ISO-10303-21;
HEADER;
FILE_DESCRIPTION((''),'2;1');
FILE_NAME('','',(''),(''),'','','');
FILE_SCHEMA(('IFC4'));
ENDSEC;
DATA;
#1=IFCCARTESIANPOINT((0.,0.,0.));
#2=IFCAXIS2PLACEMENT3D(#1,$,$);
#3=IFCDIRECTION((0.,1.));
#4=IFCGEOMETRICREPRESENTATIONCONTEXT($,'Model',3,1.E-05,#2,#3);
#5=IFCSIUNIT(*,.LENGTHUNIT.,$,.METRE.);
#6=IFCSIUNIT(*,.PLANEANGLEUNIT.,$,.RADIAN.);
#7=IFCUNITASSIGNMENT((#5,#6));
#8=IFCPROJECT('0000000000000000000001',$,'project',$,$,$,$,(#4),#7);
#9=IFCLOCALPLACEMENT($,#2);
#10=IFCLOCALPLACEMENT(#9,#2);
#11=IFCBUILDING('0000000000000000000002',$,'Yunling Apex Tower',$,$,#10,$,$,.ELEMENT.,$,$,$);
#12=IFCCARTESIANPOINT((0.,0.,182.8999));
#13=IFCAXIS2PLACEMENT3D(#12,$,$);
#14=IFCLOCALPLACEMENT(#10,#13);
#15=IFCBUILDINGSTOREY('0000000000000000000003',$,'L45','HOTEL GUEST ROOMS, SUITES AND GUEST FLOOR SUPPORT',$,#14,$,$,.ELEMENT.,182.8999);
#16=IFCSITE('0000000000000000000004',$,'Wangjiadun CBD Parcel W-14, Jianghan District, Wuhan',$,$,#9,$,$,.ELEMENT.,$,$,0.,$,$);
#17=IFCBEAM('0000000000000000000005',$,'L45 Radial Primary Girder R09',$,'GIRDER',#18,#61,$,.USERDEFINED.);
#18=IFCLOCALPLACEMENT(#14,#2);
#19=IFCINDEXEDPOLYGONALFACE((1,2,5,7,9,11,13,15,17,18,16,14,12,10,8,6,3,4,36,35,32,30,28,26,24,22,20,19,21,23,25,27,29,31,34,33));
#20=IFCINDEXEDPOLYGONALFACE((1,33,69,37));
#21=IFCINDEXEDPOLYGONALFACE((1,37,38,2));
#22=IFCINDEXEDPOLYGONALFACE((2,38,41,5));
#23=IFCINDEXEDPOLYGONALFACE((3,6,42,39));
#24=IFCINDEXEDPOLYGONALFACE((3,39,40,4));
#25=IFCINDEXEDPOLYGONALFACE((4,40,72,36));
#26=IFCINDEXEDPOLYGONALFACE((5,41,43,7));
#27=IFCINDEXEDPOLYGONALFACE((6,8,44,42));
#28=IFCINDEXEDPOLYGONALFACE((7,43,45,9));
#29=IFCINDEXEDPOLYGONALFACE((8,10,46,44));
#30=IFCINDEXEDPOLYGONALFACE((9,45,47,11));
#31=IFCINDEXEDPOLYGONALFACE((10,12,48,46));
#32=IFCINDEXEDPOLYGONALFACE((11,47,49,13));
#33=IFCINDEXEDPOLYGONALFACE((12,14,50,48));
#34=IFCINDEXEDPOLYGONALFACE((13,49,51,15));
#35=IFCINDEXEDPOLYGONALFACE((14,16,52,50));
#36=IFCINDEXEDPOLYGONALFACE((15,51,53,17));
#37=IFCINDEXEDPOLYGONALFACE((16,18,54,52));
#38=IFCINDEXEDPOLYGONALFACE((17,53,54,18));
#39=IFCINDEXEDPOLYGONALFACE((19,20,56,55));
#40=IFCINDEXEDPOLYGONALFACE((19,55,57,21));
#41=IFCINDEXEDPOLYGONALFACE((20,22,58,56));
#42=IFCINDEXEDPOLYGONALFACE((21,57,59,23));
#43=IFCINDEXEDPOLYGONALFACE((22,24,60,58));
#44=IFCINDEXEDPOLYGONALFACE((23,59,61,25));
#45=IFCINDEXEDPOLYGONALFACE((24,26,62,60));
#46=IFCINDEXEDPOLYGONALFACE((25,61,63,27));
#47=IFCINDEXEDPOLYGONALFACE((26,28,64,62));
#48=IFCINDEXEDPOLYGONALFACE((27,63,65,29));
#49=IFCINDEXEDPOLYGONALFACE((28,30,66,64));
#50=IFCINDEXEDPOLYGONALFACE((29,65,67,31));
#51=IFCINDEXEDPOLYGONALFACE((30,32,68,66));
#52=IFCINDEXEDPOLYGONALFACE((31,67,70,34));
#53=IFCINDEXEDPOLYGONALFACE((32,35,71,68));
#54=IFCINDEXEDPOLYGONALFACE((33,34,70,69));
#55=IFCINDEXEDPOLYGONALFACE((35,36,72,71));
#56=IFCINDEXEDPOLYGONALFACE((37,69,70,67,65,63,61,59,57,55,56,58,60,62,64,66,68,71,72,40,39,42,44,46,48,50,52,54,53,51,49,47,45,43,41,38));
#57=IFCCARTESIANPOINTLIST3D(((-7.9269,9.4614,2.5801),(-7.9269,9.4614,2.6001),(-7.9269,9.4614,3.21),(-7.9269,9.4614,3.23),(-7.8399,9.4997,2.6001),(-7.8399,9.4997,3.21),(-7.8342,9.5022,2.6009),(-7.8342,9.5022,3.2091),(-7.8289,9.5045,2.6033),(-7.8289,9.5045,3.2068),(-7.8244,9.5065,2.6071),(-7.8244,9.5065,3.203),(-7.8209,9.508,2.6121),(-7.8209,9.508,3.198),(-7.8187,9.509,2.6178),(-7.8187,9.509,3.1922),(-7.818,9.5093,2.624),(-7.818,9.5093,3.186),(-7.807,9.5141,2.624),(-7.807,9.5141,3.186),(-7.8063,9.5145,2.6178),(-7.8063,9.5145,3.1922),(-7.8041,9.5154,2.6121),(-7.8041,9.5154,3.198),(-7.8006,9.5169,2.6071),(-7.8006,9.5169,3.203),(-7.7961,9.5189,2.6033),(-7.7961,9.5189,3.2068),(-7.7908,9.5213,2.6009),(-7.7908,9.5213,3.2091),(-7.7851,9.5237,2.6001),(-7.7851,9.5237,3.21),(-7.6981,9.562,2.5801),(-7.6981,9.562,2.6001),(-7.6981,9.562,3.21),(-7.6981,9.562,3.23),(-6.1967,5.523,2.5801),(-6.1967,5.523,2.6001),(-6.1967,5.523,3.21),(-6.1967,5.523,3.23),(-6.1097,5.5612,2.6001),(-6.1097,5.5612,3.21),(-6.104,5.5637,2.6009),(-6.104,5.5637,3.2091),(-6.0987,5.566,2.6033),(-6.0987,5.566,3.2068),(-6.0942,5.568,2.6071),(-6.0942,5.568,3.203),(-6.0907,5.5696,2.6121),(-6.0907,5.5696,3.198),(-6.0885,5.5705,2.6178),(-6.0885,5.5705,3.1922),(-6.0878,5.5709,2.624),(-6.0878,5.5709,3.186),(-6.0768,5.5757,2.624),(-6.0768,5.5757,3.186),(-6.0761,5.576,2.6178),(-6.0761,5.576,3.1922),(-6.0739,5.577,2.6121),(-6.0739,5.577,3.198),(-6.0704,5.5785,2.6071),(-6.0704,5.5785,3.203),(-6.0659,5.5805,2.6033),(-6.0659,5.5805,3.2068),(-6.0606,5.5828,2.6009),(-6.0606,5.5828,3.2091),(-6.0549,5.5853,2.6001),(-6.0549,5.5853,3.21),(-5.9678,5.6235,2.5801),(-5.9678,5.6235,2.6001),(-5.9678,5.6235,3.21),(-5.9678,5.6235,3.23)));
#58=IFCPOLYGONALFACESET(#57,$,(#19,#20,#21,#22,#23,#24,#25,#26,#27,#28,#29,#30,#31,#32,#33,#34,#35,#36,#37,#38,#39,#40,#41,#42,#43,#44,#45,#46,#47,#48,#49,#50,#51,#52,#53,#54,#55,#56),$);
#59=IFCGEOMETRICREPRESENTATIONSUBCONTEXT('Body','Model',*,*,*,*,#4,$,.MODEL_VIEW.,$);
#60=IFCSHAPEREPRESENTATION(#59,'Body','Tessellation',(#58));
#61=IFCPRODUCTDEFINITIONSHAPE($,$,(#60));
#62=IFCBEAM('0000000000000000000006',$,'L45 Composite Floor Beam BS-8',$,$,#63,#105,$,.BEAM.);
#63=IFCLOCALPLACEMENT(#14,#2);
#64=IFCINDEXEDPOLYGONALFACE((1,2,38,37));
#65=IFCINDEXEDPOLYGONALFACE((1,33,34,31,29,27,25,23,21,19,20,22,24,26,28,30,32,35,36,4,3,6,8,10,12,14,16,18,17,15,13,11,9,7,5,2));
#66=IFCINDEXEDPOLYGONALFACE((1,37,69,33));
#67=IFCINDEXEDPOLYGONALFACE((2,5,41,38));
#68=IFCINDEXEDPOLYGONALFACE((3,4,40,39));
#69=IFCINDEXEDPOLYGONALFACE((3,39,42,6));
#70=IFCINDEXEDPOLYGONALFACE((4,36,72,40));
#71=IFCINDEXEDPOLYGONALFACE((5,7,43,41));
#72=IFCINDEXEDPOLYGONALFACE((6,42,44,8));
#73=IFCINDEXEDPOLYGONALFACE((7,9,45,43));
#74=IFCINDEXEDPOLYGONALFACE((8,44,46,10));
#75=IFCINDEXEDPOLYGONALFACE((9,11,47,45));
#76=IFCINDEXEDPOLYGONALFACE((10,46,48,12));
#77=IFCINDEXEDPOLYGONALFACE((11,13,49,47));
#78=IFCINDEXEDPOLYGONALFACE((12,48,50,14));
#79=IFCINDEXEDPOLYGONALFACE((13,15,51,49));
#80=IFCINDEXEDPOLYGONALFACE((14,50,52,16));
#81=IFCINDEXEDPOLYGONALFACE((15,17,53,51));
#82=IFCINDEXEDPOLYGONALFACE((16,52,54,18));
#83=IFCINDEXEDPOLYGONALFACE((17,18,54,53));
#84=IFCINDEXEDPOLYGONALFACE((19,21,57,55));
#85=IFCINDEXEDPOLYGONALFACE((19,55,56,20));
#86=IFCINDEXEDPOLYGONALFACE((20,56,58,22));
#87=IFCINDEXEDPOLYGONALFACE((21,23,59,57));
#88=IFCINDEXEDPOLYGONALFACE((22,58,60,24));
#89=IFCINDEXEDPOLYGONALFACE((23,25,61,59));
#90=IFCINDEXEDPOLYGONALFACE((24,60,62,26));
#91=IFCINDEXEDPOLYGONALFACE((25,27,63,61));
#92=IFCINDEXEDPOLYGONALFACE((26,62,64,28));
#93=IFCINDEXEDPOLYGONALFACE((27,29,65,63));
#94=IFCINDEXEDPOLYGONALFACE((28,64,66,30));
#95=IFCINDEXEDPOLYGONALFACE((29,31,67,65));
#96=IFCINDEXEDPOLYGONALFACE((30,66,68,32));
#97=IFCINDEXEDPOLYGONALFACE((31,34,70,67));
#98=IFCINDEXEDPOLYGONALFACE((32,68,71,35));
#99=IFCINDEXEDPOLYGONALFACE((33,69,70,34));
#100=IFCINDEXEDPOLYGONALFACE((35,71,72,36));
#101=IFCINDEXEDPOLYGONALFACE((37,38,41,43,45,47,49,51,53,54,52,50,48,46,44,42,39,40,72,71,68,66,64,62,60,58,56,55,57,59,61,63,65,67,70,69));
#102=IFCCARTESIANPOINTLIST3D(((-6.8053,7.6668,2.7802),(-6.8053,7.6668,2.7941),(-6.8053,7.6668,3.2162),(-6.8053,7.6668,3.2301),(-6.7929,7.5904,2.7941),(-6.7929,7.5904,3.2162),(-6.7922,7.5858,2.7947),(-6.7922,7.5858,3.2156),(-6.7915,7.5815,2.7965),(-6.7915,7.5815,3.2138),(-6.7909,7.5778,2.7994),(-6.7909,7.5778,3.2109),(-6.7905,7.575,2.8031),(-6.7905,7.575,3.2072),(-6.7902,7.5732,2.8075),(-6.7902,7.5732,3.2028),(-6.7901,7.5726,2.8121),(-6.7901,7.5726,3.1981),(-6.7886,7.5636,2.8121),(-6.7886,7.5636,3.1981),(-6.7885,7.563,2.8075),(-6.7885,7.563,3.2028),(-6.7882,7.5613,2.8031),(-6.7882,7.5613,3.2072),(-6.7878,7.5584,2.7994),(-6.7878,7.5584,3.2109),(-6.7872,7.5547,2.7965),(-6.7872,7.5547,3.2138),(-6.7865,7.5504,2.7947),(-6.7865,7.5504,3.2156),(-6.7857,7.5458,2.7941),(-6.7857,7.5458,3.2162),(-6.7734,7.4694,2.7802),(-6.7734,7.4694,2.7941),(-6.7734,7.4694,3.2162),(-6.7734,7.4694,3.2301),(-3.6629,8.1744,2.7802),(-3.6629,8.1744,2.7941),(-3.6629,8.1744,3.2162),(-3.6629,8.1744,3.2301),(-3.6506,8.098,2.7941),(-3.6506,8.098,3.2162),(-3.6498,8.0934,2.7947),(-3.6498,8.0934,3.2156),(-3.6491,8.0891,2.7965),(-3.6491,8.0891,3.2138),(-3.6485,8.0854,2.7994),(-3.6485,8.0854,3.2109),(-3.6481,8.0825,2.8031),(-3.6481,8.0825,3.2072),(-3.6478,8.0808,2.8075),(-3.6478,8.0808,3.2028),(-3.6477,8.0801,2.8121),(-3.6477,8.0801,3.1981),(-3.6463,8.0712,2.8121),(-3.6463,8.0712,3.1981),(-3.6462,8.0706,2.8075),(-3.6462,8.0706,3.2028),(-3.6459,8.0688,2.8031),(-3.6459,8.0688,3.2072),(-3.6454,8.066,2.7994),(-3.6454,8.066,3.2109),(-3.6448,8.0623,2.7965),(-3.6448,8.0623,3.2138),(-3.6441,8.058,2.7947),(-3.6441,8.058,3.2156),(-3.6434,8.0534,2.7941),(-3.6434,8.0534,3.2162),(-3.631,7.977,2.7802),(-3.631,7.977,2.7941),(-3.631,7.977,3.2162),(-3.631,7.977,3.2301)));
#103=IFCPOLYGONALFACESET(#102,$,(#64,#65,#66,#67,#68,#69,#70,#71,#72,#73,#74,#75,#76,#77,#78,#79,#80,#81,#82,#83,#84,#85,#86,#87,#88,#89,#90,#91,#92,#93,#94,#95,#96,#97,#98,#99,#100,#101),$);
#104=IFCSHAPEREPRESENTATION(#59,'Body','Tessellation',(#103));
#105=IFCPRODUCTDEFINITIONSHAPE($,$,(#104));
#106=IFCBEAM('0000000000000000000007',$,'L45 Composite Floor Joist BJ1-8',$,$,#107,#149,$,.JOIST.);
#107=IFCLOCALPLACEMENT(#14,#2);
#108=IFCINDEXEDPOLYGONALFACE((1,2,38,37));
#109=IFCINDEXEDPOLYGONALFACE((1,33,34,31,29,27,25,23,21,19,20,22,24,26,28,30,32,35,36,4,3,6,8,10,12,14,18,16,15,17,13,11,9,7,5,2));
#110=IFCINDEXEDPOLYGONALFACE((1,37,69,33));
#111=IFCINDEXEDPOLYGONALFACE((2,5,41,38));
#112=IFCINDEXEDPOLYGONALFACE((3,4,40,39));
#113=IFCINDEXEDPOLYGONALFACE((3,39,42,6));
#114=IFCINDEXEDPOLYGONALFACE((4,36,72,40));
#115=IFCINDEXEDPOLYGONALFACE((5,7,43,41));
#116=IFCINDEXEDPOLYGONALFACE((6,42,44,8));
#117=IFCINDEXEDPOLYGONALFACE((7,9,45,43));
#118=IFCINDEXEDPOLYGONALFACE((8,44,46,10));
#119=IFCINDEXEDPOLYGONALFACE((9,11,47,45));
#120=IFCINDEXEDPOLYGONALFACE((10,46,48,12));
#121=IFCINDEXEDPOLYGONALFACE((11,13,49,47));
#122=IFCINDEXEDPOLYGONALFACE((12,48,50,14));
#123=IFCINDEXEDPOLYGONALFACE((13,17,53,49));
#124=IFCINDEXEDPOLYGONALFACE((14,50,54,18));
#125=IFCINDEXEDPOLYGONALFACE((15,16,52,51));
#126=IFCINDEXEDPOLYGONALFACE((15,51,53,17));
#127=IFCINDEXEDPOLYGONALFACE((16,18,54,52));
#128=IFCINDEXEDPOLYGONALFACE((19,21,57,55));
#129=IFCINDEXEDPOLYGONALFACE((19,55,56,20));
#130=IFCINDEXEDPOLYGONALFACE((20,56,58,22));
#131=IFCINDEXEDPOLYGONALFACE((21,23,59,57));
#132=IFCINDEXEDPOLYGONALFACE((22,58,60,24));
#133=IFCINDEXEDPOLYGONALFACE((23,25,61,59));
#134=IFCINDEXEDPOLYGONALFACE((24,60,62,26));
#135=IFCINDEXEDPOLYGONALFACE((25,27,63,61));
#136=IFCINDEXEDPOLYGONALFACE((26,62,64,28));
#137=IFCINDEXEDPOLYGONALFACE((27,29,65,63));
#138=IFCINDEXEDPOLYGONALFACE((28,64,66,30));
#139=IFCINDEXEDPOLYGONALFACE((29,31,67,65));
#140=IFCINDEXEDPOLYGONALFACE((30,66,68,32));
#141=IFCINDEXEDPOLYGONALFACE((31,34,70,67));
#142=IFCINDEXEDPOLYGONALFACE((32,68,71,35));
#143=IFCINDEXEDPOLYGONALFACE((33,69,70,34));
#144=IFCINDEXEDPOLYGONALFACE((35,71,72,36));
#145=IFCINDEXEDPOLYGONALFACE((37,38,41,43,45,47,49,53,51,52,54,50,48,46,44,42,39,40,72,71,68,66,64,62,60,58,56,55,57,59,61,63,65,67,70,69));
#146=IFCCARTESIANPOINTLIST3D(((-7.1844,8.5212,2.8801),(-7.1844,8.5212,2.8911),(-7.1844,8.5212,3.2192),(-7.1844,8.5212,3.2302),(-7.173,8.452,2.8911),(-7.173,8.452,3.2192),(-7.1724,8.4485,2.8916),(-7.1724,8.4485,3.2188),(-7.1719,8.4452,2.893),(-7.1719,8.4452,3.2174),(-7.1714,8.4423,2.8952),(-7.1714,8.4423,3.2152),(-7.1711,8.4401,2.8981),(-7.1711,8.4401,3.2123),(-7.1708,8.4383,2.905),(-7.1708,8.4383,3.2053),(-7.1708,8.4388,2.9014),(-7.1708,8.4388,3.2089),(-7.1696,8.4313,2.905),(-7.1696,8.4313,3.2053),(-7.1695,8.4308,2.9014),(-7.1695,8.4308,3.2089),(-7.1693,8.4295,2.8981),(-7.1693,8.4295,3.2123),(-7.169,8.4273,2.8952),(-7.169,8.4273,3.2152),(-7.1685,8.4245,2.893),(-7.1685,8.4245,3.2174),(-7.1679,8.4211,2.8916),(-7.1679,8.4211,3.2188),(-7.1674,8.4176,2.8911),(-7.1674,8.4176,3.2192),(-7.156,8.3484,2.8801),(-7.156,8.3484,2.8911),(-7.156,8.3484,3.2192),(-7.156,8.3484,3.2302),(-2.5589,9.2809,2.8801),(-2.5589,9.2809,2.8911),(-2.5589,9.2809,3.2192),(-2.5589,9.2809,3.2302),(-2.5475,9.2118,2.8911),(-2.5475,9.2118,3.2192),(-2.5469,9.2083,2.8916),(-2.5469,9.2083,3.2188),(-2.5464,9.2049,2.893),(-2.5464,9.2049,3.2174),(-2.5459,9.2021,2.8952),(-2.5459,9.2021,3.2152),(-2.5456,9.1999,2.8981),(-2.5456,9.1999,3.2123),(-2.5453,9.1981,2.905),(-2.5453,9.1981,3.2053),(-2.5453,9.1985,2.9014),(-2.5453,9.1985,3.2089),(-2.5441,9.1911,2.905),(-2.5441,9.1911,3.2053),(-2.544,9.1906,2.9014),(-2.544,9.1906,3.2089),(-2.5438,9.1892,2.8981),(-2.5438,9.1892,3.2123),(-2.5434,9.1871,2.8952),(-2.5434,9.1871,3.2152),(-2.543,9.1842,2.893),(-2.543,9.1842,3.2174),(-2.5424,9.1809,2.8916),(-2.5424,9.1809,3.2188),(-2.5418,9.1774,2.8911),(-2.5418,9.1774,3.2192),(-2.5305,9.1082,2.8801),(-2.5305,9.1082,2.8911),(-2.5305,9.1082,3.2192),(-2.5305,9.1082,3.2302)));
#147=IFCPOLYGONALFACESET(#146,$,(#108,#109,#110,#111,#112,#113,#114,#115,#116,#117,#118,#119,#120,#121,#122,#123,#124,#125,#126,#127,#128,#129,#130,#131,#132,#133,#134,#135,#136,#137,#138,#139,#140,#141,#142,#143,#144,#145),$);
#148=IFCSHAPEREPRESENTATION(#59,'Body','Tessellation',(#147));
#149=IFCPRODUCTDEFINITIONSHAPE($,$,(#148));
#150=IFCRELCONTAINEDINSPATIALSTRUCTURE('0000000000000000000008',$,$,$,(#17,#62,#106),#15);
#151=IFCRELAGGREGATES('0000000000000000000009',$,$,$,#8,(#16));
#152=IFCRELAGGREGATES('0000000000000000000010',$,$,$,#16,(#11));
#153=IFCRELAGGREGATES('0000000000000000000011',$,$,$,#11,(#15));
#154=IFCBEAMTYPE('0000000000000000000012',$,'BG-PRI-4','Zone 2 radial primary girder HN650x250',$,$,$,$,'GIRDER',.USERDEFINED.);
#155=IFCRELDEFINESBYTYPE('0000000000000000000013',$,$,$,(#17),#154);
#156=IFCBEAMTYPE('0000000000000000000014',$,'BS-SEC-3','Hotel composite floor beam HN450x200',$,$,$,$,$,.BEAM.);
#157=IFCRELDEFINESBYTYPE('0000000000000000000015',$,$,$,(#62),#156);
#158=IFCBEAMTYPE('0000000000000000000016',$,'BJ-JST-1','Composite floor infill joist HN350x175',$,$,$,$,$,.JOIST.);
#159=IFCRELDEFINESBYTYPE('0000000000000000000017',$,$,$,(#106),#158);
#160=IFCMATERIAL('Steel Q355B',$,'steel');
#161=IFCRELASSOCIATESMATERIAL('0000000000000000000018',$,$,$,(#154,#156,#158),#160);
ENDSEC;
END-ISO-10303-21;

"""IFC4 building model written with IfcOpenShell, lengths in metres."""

from ifc_helpers import new_model, si_unit, direction, frame, origin, origin_2d, place, context, subcontext, project, spatial, i_section, extrude, source, transform, mapped, material, material_profile, profile_set, type_object, element, save


model = new_model("IFC4")

# Units and contexts
model_context = context("Model", 3, precision=1e-05, world=origin(), true_north=direction((0.0, 1.0)))
body_context = subcontext(model_context, "Body", "Model", "MODEL_VIEW")
ifc_project = project(units=[si_unit("LENGTHUNIT", "METRE"), si_unit("PLANEANGLEUNIT", "RADIAN")], contexts=[model_context])

# Site, building, storey
site_placement = place(None, origin())
site = spatial("IfcSite", under=ifc_project, at=site_placement, Name="Wangjiadun CBD Parcel W-14, Jianghan District, Wuhan", CompositionType="ELEMENT", RefElevation=0.0)
building_placement = place(site_placement, origin())
building = spatial("IfcBuilding", under=site, at=building_placement, Name="Yunling Apex Tower", CompositionType="ELEMENT")
storey_placement = place(building_placement, frame((0.0, 0.0, 182.8999)))
storey = spatial("IfcBuildingStorey", under=building, at=storey_placement, Name="L45", Description="HOTEL GUEST ROOMS, SUITES AND GUEST FLOOR SUPPORT", CompositionType="ELEMENT", Elevation=182.8999)

# Beams
ifc_material_1 = material(Name="Steel Q355B", Category="steel")
ifc_material_profile_1 = material_profile(ifc_material_1, i_section(OverallWidth=0.25, OverallDepth=0.6499, WebThickness=0.012, FlangeThickness=0.02, FilletRadius=0.0239, at=origin_2d()))
ifc_profile_set_1 = profile_set([ifc_material_profile_1], Name="Steel Q355B")
beam_type_1 = type_object("IfcBeamType", Name="BG-PRI-4", Description="Zone 2 radial primary girder HN650x250", ElementType="GIRDER", PredefinedType="USERDEFINED", material=ifc_profile_set_1)
shared_shape_1 = source(origin(), body_context, "Body", "SweptSolid", [
    extrude(i_section(OverallWidth=0.25, OverallDepth=0.6499, WebThickness=0.012, FlangeThickness=0.02, FilletRadius=0.0239, at=origin_2d()), origin(), (0.0, 0.0, 1.0), 4.3018),
])
beam_1_placement = place(storey_placement, frame((-7.8125, 9.5117, 2.905), z_axis=(0.402212, -0.915547, 0.0), x_axis=(0.915547, 0.402212, 0.0)))
element("IfcBeam", 1, at=beam_1_placement, inside=storey, type_object=beam_type_1, Name="L45 Radial Primary Girder R09", ObjectType="GIRDER", PredefinedType="USERDEFINED", context=body_context, shape_type="MappedRepresentation", body=[
    mapped(shared_shape_1, transform((0.0, 0.0, 0.0), scale=1.0)),
])
ifc_material_profile_2 = material_profile(ifc_material_1, i_section(OverallWidth=0.2, OverallDepth=0.45, WebThickness=0.009, FlangeThickness=0.0139, FilletRadius=0.0181, at=origin_2d()))
ifc_profile_set_2 = profile_set([ifc_material_profile_2], Name="Steel Q355B")
beam_type_2 = type_object("IfcBeamType", Name="BS-SEC-3", Description="Hotel composite floor beam HN450x200", PredefinedType="BEAM", material=ifc_profile_set_2)
shared_shape_2 = source(origin(), body_context, "Body", "SweptSolid", [
    extrude(i_section(OverallWidth=0.2, OverallDepth=0.45, WebThickness=0.009, FlangeThickness=0.0139, FilletRadius=0.0181, at=origin_2d()), origin(), (0.0, 0.0, 1.0), 3.1831),
])
beam_2_placement = place(storey_placement, frame((-3.647, 8.0757, 3.0051), z_axis=(-0.987205, -0.159459, 0.0), x_axis=(0.159459, -0.987205, 0.0)))
element("IfcBeam", 2, at=beam_2_placement, inside=storey, type_object=beam_type_2, Name="L45 Composite Floor Beam BS-8", PredefinedType="BEAM", context=body_context, shape_type="MappedRepresentation", body=[
    mapped(shared_shape_2, transform((0.0, 0.0, 0.0), scale=1.0)),
])
ifc_material_profile_3 = material_profile(ifc_material_1, i_section(OverallWidth=0.175, OverallDepth=0.3501, WebThickness=0.0071, FlangeThickness=0.011, FilletRadius=0.0139, at=origin_2d()))
ifc_profile_set_3 = profile_set([ifc_material_profile_3], Name="Steel Q355B")
beam_type_3 = type_object("IfcBeamType", Name="BJ-JST-1", Description="Composite floor infill joist HN350x175", PredefinedType="JOIST", material=ifc_profile_set_3)
shared_shape_3 = source(origin(), body_context, "Body", "SweptSolid", [
    extrude(i_section(OverallWidth=0.175, OverallDepth=0.3501, WebThickness=0.0071, FlangeThickness=0.011, FilletRadius=0.0139, at=origin_2d()), origin(), (0.0, 0.0, 1.0), 4.6875),
])
beam_3_placement = place(storey_placement, frame((-2.5447, 9.1946, 3.0552), z_axis=(-0.986777, -0.162084, 0.0), x_axis=(0.162084, -0.986777, 0.0)))
element("IfcBeam", 3, at=beam_3_placement, inside=storey, type_object=beam_type_3, Name="L45 Composite Floor Joist BJ1-8", PredefinedType="JOIST", context=body_context, shape_type="MappedRepresentation", body=[
    mapped(shared_shape_3, transform((0.0, 0.0, 0.0), scale=1.0)),
])

save(model, "model.ifc")
